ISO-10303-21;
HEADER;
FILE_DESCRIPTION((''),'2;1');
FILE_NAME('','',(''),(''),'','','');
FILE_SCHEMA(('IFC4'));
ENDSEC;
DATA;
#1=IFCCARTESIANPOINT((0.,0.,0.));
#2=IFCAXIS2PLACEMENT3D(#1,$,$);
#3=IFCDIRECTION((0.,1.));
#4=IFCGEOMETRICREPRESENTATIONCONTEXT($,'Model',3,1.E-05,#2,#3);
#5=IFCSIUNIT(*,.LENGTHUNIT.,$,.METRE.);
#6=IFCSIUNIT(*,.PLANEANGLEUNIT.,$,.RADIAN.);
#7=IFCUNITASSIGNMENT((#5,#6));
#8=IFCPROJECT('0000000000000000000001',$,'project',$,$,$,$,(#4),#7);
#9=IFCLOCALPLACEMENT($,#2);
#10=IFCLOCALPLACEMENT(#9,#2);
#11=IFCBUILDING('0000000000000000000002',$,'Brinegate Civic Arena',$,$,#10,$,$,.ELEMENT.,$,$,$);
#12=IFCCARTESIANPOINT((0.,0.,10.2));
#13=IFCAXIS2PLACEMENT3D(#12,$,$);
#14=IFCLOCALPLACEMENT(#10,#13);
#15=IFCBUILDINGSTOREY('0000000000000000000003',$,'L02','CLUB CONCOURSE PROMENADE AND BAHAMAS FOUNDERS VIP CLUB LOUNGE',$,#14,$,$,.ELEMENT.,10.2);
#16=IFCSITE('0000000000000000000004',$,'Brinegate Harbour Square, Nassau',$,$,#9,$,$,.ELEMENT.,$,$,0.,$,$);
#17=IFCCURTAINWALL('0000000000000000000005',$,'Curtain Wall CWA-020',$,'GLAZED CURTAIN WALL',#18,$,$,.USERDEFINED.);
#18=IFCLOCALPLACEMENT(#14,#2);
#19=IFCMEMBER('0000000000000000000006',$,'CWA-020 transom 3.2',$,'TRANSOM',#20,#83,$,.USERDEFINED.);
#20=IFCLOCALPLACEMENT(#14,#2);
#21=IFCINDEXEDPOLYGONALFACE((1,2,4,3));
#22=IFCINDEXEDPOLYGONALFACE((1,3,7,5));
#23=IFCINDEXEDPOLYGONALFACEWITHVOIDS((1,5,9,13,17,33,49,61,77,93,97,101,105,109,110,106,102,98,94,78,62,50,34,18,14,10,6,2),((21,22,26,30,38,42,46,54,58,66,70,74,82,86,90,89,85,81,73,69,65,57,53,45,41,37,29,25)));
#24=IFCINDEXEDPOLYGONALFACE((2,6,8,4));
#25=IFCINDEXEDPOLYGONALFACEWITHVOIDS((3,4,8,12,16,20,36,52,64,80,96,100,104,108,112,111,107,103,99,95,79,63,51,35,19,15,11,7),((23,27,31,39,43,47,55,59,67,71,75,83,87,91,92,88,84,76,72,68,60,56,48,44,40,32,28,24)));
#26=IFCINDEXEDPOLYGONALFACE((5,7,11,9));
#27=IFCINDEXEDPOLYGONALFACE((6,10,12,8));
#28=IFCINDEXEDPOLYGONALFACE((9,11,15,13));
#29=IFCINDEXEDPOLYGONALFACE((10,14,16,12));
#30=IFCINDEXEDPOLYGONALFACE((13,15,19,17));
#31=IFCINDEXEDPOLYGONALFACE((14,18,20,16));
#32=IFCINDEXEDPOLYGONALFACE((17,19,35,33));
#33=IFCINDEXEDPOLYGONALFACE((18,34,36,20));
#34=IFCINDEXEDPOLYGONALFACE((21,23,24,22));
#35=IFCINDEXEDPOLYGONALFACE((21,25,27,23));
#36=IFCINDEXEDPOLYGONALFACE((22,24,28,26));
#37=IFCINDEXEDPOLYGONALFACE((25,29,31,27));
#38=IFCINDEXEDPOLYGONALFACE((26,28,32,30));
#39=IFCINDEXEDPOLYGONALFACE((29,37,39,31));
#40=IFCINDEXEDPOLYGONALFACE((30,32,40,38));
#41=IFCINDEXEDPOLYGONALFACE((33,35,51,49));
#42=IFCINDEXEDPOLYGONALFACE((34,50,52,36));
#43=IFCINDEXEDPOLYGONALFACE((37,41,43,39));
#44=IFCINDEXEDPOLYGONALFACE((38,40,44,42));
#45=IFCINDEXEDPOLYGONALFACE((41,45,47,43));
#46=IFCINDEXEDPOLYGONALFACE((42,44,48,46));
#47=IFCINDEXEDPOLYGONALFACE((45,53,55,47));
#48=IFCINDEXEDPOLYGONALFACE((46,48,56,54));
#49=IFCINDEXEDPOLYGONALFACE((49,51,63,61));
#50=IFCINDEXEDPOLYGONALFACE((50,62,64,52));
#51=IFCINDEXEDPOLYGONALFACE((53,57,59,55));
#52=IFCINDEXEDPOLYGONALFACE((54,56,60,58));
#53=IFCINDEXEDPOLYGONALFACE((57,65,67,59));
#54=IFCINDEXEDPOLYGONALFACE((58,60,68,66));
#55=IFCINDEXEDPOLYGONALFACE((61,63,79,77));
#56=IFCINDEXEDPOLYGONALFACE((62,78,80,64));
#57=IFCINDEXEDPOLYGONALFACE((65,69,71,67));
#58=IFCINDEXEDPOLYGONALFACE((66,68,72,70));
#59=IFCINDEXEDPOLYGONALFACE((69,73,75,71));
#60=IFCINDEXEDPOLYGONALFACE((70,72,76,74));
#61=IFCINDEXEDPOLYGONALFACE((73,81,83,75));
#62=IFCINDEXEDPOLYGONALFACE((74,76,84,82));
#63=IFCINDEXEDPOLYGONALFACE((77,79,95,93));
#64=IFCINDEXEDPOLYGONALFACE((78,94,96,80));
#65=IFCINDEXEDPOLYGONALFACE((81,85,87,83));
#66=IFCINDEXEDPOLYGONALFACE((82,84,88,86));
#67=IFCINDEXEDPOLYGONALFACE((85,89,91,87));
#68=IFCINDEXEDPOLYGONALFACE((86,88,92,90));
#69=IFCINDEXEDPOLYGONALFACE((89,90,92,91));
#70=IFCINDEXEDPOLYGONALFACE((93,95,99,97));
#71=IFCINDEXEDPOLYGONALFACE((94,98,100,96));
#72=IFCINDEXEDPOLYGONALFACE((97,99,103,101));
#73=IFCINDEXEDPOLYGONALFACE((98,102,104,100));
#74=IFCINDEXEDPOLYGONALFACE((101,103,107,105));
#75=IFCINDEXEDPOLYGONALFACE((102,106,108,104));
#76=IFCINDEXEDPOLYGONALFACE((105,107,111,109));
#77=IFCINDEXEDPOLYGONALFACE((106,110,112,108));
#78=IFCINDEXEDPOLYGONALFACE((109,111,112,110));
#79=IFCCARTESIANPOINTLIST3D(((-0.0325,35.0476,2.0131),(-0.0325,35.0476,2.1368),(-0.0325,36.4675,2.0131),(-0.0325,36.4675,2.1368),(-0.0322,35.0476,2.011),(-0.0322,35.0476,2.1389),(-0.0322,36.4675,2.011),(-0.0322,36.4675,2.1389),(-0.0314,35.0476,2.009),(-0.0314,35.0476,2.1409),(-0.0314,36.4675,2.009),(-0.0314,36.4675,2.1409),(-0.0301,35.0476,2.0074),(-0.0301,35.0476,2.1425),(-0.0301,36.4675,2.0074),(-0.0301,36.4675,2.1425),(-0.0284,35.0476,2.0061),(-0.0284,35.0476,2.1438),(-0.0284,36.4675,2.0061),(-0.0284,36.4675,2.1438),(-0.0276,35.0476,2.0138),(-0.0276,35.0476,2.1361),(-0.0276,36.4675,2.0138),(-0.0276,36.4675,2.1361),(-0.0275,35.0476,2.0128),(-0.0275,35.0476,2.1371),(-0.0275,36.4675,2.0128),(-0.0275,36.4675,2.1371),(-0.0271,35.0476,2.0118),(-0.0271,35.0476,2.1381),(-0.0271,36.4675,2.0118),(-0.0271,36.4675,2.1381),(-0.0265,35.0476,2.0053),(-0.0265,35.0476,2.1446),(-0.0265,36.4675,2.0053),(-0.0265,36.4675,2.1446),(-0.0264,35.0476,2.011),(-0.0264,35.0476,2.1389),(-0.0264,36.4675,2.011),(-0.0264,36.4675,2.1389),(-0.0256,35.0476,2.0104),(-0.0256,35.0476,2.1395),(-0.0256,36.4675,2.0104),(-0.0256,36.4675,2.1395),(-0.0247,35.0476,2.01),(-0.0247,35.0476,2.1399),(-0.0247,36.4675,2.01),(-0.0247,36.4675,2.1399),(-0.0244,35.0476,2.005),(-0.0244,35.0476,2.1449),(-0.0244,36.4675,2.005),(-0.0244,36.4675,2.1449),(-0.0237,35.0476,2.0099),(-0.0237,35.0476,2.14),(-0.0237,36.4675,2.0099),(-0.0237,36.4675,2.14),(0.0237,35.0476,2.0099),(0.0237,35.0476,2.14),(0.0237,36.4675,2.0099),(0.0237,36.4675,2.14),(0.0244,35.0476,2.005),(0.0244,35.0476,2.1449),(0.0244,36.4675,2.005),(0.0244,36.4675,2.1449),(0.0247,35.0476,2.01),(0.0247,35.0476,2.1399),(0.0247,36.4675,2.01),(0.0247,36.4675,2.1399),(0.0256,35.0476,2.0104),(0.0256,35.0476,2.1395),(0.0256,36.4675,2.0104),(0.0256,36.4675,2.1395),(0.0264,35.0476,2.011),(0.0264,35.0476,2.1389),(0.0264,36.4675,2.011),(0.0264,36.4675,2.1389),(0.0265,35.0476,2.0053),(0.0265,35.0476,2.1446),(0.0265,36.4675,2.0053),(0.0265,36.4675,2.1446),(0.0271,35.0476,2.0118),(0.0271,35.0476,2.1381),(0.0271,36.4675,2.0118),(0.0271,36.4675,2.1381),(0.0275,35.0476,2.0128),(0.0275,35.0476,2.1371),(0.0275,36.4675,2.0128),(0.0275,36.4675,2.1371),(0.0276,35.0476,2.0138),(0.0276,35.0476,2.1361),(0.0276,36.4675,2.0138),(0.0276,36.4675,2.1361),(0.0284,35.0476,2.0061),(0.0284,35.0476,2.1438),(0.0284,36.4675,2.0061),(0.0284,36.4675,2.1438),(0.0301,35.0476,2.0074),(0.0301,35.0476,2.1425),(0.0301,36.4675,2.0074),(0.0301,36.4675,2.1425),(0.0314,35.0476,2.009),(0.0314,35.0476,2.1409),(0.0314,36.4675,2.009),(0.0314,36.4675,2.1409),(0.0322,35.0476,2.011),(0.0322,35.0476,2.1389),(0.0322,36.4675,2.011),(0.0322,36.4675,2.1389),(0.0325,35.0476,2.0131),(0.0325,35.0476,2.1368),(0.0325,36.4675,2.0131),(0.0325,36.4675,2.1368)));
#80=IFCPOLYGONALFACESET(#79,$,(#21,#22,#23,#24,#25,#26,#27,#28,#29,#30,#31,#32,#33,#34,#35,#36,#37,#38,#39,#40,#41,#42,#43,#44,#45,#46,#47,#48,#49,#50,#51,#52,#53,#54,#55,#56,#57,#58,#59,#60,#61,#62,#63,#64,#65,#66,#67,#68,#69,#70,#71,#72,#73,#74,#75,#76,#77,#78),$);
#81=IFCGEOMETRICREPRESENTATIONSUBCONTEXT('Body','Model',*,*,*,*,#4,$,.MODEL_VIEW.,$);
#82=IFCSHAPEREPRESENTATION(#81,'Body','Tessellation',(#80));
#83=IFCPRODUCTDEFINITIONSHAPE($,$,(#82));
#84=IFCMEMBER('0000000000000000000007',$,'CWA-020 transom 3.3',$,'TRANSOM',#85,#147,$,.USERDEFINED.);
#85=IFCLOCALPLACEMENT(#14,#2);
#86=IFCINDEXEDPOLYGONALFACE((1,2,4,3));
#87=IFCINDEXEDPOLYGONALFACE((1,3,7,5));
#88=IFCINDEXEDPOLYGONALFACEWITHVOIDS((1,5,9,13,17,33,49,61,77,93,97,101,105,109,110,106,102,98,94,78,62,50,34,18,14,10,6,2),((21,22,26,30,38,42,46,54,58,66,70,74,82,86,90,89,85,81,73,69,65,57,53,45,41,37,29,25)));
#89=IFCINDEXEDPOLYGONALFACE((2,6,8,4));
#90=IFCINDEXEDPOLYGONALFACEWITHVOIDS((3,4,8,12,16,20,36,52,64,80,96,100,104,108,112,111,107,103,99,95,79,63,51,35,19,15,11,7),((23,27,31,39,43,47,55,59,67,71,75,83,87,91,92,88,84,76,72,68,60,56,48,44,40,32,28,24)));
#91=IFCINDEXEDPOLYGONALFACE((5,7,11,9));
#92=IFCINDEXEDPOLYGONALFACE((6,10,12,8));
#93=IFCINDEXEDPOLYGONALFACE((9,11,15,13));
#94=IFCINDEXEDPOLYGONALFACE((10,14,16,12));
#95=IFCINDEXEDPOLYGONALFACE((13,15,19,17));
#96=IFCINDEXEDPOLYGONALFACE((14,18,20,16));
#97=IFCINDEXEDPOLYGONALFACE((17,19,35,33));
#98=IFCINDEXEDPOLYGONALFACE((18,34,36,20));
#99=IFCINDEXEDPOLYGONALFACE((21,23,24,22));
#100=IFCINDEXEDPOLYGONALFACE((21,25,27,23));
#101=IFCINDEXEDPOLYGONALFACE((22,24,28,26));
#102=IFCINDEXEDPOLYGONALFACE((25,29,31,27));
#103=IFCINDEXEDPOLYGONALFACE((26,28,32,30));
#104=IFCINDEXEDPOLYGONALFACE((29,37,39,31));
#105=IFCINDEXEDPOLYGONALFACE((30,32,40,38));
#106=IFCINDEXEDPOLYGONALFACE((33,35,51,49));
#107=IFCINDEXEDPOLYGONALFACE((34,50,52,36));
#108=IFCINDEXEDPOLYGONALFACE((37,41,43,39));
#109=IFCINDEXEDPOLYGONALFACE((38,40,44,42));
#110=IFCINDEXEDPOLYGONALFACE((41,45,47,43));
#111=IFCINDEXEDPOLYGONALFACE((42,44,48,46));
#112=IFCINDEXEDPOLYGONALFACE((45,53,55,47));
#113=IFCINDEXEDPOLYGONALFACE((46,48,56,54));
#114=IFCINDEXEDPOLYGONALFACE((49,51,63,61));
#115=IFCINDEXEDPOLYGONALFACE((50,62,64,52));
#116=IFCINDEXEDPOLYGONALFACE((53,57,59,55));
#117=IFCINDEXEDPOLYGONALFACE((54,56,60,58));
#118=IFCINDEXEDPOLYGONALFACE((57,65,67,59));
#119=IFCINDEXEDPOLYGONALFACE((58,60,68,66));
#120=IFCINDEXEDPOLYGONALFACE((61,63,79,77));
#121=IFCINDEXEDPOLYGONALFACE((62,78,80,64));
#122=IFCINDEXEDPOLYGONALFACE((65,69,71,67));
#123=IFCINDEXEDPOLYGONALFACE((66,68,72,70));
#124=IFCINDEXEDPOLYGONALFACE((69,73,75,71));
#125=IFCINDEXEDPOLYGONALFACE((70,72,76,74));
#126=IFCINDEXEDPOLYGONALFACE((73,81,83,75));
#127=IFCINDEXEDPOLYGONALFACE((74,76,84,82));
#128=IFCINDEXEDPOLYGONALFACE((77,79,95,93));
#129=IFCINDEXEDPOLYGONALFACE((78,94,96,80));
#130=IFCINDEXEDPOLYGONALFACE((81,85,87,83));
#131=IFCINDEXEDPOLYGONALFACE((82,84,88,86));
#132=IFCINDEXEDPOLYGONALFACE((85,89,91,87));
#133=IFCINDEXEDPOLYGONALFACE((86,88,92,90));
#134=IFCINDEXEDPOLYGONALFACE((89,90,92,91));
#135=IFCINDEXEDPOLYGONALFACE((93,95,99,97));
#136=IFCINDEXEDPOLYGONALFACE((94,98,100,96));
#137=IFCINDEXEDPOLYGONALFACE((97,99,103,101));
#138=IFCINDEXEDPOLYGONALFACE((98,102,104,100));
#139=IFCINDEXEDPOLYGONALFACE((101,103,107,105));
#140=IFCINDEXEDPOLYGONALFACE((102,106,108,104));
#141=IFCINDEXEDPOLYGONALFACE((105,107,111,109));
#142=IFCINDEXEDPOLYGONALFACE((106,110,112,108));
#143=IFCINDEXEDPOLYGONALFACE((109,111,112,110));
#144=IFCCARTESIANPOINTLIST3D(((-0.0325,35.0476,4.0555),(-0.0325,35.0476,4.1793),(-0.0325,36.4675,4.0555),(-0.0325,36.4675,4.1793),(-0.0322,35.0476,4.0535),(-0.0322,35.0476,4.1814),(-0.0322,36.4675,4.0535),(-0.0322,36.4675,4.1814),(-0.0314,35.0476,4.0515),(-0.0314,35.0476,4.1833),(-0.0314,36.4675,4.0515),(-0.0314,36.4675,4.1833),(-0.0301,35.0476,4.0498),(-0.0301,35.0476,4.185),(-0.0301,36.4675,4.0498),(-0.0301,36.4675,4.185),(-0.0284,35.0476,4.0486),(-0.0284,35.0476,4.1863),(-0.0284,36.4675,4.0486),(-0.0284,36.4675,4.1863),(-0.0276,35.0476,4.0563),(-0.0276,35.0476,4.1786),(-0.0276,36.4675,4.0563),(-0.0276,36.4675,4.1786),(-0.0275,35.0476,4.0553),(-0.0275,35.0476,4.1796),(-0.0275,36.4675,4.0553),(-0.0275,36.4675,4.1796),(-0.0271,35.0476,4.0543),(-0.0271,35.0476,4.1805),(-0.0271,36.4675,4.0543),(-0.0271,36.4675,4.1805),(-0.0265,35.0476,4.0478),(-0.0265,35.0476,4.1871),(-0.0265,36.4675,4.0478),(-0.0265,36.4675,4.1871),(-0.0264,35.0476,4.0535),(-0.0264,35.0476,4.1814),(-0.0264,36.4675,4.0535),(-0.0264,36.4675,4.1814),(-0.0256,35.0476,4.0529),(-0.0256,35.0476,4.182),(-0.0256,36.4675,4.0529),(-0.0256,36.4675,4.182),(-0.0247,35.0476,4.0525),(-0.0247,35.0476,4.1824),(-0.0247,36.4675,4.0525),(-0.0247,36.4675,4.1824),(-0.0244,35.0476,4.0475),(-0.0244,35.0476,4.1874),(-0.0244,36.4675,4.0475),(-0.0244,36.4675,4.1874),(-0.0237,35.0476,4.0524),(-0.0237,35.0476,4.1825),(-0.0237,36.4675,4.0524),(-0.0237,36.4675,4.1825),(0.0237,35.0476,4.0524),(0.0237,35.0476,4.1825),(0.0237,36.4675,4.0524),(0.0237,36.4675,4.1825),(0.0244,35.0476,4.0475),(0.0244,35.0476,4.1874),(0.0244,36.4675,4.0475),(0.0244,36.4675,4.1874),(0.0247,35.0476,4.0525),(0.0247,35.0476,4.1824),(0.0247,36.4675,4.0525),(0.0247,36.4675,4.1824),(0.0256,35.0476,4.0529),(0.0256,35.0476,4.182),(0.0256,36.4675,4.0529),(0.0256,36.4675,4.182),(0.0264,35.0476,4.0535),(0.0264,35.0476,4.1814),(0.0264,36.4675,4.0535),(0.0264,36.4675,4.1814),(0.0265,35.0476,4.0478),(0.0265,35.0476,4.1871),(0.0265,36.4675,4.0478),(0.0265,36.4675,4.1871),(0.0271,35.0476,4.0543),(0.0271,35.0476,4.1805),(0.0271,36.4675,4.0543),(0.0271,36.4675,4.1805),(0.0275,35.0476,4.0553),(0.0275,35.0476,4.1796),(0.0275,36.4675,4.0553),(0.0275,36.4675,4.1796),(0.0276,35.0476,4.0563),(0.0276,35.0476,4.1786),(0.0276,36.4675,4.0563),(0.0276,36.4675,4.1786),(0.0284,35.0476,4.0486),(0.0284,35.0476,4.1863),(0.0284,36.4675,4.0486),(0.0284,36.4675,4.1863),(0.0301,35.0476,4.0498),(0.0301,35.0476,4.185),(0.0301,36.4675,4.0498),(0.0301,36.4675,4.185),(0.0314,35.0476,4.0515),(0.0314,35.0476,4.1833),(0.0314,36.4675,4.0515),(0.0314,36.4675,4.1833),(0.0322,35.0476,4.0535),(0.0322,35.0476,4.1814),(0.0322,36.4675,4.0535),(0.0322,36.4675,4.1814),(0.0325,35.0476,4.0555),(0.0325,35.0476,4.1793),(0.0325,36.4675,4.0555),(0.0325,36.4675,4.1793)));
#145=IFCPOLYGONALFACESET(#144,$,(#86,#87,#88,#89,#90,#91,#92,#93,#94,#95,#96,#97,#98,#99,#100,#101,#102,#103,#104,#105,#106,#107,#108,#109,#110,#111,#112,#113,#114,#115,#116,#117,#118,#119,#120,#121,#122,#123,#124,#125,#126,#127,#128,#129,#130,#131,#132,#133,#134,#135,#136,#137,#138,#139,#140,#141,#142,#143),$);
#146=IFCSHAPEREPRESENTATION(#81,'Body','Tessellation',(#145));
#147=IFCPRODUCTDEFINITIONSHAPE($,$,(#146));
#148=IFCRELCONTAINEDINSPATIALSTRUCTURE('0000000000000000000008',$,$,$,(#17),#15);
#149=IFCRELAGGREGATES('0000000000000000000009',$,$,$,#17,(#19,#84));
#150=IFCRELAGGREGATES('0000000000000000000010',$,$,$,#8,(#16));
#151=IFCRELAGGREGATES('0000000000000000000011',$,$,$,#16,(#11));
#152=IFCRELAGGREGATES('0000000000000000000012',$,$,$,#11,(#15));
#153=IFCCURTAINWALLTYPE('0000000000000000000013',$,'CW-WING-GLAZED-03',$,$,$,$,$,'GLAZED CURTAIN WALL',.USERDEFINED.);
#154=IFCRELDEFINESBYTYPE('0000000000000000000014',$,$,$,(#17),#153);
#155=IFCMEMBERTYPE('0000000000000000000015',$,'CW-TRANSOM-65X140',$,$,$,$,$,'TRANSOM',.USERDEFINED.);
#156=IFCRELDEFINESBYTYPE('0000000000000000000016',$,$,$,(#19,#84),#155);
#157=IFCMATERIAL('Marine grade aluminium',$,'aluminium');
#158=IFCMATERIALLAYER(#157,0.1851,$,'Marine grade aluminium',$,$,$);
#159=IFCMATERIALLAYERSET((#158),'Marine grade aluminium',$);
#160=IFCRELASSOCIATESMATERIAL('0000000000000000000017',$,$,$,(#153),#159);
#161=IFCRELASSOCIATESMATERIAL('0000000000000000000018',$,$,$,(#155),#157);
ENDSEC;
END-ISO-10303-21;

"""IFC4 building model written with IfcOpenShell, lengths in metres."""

from ifc_helpers import new_model, si_unit, direction, frame, origin, origin_2d, place, context, subcontext, project, spatial, hollow_rectangle, extrude, material, layer, layer_set, material_profile, profile_set, type_object, element, aggregate, save


model = new_model("IFC4")

# Units and contexts
model_context = context("Model", 3, precision=1e-05, world=origin(), true_north=direction((0.0, 1.0)))
body_context = subcontext(model_context, "Body", "Model", "MODEL_VIEW")
ifc_project = project(units=[si_unit("LENGTHUNIT", "METRE"), si_unit("PLANEANGLEUNIT", "RADIAN")], contexts=[model_context])

# Site, building, storey
site_placement = place(None, origin())
site = spatial("IfcSite", under=ifc_project, at=site_placement, Name="Brinegate Harbour Square, Nassau", CompositionType="ELEMENT", RefElevation=0.0)
building_placement = place(site_placement, origin())
building = spatial("IfcBuilding", under=site, at=building_placement, Name="Brinegate Civic Arena", CompositionType="ELEMENT")
storey_placement = place(building_placement, frame((0.0, 0.0, 10.2)))
storey = spatial("IfcBuildingStorey", under=building, at=storey_placement, Name="L02", Description="CLUB CONCOURSE PROMENADE AND BAHAMAS FOUNDERS VIP CLUB LOUNGE", CompositionType="ELEMENT", Elevation=10.2)

# Curtain wall, members
ifc_material_1 = material(Name="Marine grade aluminium", Category="aluminium")
ifc_layer_1 = layer(ifc_material_1, 0.1851, Name="Marine grade aluminium")
ifc_layer_set_1 = layer_set([ifc_layer_1], Name="Marine grade aluminium")
curtain_wall_type = type_object("IfcCurtainWallType", Name="CW-WING-GLAZED-03", ElementType="GLAZED CURTAIN WALL", PredefinedType="USERDEFINED", material=ifc_layer_set_1)
curtain_wall_placement = place(storey_placement, origin())
curtain_wall = element("IfcCurtainWall", 1, at=curtain_wall_placement, inside=storey, type_object=curtain_wall_type, Name="Curtain Wall CWA-020", ObjectType="GLAZED CURTAIN WALL", PredefinedType="USERDEFINED")
ifc_material_profile_1 = material_profile(ifc_material_1, hollow_rectangle(XDim=0.0649, YDim=0.1399, WallThickness=0.0049, InnerFilletRadius=0.0039, OuterFilletRadius=0.0081, at=origin_2d()), Name="TRN65X140")
ifc_profile_set_1 = profile_set([ifc_material_profile_1], Name="Marine grade aluminium")
member_type_1 = type_object("IfcMemberType", Name="CW-TRANSOM-65X140", ElementType="TRANSOM", PredefinedType="USERDEFINED", material=ifc_profile_set_1)
member_1_placement = place(storey_placement, frame((0.0, 35.0476, 2.075), z_axis=(0.0, 1.0, 0.0), x_axis=(-1.0, 0.0, 0.0)))
member_1 = element("IfcMember", 2, at=member_1_placement, type_object=member_type_1, Name="CWA-020 transom 3.2", ObjectType="TRANSOM", PredefinedType="USERDEFINED", context=body_context, shape_type="SweptSolid", body=[
    extrude(hollow_rectangle(XDim=0.0649, YDim=0.1399, WallThickness=0.0049, InnerFilletRadius=0.0039, OuterFilletRadius=0.0081, at=origin_2d()), origin(), (0.0, 0.0, 1.0), 1.4199),
])
member_2_placement = place(storey_placement, frame((0.0, 35.0476, 4.1174), z_axis=(0.0, 1.0, 0.0), x_axis=(-1.0, 0.0, 0.0)))
member_2 = element("IfcMember", 3, at=member_2_placement, type_object=member_type_1, Name="CWA-020 transom 3.3", ObjectType="TRANSOM", PredefinedType="USERDEFINED", context=body_context, shape_type="SweptSolid", body=[
    extrude(hollow_rectangle(XDim=0.0649, YDim=0.1399, WallThickness=0.0049, InnerFilletRadius=0.0039, OuterFilletRadius=0.0081, at=origin_2d()), origin(), (0.0, 0.0, 1.0), 1.4199),
])

aggregate(curtain_wall, [member_1, member_2])

save(model, "model.ifc")
